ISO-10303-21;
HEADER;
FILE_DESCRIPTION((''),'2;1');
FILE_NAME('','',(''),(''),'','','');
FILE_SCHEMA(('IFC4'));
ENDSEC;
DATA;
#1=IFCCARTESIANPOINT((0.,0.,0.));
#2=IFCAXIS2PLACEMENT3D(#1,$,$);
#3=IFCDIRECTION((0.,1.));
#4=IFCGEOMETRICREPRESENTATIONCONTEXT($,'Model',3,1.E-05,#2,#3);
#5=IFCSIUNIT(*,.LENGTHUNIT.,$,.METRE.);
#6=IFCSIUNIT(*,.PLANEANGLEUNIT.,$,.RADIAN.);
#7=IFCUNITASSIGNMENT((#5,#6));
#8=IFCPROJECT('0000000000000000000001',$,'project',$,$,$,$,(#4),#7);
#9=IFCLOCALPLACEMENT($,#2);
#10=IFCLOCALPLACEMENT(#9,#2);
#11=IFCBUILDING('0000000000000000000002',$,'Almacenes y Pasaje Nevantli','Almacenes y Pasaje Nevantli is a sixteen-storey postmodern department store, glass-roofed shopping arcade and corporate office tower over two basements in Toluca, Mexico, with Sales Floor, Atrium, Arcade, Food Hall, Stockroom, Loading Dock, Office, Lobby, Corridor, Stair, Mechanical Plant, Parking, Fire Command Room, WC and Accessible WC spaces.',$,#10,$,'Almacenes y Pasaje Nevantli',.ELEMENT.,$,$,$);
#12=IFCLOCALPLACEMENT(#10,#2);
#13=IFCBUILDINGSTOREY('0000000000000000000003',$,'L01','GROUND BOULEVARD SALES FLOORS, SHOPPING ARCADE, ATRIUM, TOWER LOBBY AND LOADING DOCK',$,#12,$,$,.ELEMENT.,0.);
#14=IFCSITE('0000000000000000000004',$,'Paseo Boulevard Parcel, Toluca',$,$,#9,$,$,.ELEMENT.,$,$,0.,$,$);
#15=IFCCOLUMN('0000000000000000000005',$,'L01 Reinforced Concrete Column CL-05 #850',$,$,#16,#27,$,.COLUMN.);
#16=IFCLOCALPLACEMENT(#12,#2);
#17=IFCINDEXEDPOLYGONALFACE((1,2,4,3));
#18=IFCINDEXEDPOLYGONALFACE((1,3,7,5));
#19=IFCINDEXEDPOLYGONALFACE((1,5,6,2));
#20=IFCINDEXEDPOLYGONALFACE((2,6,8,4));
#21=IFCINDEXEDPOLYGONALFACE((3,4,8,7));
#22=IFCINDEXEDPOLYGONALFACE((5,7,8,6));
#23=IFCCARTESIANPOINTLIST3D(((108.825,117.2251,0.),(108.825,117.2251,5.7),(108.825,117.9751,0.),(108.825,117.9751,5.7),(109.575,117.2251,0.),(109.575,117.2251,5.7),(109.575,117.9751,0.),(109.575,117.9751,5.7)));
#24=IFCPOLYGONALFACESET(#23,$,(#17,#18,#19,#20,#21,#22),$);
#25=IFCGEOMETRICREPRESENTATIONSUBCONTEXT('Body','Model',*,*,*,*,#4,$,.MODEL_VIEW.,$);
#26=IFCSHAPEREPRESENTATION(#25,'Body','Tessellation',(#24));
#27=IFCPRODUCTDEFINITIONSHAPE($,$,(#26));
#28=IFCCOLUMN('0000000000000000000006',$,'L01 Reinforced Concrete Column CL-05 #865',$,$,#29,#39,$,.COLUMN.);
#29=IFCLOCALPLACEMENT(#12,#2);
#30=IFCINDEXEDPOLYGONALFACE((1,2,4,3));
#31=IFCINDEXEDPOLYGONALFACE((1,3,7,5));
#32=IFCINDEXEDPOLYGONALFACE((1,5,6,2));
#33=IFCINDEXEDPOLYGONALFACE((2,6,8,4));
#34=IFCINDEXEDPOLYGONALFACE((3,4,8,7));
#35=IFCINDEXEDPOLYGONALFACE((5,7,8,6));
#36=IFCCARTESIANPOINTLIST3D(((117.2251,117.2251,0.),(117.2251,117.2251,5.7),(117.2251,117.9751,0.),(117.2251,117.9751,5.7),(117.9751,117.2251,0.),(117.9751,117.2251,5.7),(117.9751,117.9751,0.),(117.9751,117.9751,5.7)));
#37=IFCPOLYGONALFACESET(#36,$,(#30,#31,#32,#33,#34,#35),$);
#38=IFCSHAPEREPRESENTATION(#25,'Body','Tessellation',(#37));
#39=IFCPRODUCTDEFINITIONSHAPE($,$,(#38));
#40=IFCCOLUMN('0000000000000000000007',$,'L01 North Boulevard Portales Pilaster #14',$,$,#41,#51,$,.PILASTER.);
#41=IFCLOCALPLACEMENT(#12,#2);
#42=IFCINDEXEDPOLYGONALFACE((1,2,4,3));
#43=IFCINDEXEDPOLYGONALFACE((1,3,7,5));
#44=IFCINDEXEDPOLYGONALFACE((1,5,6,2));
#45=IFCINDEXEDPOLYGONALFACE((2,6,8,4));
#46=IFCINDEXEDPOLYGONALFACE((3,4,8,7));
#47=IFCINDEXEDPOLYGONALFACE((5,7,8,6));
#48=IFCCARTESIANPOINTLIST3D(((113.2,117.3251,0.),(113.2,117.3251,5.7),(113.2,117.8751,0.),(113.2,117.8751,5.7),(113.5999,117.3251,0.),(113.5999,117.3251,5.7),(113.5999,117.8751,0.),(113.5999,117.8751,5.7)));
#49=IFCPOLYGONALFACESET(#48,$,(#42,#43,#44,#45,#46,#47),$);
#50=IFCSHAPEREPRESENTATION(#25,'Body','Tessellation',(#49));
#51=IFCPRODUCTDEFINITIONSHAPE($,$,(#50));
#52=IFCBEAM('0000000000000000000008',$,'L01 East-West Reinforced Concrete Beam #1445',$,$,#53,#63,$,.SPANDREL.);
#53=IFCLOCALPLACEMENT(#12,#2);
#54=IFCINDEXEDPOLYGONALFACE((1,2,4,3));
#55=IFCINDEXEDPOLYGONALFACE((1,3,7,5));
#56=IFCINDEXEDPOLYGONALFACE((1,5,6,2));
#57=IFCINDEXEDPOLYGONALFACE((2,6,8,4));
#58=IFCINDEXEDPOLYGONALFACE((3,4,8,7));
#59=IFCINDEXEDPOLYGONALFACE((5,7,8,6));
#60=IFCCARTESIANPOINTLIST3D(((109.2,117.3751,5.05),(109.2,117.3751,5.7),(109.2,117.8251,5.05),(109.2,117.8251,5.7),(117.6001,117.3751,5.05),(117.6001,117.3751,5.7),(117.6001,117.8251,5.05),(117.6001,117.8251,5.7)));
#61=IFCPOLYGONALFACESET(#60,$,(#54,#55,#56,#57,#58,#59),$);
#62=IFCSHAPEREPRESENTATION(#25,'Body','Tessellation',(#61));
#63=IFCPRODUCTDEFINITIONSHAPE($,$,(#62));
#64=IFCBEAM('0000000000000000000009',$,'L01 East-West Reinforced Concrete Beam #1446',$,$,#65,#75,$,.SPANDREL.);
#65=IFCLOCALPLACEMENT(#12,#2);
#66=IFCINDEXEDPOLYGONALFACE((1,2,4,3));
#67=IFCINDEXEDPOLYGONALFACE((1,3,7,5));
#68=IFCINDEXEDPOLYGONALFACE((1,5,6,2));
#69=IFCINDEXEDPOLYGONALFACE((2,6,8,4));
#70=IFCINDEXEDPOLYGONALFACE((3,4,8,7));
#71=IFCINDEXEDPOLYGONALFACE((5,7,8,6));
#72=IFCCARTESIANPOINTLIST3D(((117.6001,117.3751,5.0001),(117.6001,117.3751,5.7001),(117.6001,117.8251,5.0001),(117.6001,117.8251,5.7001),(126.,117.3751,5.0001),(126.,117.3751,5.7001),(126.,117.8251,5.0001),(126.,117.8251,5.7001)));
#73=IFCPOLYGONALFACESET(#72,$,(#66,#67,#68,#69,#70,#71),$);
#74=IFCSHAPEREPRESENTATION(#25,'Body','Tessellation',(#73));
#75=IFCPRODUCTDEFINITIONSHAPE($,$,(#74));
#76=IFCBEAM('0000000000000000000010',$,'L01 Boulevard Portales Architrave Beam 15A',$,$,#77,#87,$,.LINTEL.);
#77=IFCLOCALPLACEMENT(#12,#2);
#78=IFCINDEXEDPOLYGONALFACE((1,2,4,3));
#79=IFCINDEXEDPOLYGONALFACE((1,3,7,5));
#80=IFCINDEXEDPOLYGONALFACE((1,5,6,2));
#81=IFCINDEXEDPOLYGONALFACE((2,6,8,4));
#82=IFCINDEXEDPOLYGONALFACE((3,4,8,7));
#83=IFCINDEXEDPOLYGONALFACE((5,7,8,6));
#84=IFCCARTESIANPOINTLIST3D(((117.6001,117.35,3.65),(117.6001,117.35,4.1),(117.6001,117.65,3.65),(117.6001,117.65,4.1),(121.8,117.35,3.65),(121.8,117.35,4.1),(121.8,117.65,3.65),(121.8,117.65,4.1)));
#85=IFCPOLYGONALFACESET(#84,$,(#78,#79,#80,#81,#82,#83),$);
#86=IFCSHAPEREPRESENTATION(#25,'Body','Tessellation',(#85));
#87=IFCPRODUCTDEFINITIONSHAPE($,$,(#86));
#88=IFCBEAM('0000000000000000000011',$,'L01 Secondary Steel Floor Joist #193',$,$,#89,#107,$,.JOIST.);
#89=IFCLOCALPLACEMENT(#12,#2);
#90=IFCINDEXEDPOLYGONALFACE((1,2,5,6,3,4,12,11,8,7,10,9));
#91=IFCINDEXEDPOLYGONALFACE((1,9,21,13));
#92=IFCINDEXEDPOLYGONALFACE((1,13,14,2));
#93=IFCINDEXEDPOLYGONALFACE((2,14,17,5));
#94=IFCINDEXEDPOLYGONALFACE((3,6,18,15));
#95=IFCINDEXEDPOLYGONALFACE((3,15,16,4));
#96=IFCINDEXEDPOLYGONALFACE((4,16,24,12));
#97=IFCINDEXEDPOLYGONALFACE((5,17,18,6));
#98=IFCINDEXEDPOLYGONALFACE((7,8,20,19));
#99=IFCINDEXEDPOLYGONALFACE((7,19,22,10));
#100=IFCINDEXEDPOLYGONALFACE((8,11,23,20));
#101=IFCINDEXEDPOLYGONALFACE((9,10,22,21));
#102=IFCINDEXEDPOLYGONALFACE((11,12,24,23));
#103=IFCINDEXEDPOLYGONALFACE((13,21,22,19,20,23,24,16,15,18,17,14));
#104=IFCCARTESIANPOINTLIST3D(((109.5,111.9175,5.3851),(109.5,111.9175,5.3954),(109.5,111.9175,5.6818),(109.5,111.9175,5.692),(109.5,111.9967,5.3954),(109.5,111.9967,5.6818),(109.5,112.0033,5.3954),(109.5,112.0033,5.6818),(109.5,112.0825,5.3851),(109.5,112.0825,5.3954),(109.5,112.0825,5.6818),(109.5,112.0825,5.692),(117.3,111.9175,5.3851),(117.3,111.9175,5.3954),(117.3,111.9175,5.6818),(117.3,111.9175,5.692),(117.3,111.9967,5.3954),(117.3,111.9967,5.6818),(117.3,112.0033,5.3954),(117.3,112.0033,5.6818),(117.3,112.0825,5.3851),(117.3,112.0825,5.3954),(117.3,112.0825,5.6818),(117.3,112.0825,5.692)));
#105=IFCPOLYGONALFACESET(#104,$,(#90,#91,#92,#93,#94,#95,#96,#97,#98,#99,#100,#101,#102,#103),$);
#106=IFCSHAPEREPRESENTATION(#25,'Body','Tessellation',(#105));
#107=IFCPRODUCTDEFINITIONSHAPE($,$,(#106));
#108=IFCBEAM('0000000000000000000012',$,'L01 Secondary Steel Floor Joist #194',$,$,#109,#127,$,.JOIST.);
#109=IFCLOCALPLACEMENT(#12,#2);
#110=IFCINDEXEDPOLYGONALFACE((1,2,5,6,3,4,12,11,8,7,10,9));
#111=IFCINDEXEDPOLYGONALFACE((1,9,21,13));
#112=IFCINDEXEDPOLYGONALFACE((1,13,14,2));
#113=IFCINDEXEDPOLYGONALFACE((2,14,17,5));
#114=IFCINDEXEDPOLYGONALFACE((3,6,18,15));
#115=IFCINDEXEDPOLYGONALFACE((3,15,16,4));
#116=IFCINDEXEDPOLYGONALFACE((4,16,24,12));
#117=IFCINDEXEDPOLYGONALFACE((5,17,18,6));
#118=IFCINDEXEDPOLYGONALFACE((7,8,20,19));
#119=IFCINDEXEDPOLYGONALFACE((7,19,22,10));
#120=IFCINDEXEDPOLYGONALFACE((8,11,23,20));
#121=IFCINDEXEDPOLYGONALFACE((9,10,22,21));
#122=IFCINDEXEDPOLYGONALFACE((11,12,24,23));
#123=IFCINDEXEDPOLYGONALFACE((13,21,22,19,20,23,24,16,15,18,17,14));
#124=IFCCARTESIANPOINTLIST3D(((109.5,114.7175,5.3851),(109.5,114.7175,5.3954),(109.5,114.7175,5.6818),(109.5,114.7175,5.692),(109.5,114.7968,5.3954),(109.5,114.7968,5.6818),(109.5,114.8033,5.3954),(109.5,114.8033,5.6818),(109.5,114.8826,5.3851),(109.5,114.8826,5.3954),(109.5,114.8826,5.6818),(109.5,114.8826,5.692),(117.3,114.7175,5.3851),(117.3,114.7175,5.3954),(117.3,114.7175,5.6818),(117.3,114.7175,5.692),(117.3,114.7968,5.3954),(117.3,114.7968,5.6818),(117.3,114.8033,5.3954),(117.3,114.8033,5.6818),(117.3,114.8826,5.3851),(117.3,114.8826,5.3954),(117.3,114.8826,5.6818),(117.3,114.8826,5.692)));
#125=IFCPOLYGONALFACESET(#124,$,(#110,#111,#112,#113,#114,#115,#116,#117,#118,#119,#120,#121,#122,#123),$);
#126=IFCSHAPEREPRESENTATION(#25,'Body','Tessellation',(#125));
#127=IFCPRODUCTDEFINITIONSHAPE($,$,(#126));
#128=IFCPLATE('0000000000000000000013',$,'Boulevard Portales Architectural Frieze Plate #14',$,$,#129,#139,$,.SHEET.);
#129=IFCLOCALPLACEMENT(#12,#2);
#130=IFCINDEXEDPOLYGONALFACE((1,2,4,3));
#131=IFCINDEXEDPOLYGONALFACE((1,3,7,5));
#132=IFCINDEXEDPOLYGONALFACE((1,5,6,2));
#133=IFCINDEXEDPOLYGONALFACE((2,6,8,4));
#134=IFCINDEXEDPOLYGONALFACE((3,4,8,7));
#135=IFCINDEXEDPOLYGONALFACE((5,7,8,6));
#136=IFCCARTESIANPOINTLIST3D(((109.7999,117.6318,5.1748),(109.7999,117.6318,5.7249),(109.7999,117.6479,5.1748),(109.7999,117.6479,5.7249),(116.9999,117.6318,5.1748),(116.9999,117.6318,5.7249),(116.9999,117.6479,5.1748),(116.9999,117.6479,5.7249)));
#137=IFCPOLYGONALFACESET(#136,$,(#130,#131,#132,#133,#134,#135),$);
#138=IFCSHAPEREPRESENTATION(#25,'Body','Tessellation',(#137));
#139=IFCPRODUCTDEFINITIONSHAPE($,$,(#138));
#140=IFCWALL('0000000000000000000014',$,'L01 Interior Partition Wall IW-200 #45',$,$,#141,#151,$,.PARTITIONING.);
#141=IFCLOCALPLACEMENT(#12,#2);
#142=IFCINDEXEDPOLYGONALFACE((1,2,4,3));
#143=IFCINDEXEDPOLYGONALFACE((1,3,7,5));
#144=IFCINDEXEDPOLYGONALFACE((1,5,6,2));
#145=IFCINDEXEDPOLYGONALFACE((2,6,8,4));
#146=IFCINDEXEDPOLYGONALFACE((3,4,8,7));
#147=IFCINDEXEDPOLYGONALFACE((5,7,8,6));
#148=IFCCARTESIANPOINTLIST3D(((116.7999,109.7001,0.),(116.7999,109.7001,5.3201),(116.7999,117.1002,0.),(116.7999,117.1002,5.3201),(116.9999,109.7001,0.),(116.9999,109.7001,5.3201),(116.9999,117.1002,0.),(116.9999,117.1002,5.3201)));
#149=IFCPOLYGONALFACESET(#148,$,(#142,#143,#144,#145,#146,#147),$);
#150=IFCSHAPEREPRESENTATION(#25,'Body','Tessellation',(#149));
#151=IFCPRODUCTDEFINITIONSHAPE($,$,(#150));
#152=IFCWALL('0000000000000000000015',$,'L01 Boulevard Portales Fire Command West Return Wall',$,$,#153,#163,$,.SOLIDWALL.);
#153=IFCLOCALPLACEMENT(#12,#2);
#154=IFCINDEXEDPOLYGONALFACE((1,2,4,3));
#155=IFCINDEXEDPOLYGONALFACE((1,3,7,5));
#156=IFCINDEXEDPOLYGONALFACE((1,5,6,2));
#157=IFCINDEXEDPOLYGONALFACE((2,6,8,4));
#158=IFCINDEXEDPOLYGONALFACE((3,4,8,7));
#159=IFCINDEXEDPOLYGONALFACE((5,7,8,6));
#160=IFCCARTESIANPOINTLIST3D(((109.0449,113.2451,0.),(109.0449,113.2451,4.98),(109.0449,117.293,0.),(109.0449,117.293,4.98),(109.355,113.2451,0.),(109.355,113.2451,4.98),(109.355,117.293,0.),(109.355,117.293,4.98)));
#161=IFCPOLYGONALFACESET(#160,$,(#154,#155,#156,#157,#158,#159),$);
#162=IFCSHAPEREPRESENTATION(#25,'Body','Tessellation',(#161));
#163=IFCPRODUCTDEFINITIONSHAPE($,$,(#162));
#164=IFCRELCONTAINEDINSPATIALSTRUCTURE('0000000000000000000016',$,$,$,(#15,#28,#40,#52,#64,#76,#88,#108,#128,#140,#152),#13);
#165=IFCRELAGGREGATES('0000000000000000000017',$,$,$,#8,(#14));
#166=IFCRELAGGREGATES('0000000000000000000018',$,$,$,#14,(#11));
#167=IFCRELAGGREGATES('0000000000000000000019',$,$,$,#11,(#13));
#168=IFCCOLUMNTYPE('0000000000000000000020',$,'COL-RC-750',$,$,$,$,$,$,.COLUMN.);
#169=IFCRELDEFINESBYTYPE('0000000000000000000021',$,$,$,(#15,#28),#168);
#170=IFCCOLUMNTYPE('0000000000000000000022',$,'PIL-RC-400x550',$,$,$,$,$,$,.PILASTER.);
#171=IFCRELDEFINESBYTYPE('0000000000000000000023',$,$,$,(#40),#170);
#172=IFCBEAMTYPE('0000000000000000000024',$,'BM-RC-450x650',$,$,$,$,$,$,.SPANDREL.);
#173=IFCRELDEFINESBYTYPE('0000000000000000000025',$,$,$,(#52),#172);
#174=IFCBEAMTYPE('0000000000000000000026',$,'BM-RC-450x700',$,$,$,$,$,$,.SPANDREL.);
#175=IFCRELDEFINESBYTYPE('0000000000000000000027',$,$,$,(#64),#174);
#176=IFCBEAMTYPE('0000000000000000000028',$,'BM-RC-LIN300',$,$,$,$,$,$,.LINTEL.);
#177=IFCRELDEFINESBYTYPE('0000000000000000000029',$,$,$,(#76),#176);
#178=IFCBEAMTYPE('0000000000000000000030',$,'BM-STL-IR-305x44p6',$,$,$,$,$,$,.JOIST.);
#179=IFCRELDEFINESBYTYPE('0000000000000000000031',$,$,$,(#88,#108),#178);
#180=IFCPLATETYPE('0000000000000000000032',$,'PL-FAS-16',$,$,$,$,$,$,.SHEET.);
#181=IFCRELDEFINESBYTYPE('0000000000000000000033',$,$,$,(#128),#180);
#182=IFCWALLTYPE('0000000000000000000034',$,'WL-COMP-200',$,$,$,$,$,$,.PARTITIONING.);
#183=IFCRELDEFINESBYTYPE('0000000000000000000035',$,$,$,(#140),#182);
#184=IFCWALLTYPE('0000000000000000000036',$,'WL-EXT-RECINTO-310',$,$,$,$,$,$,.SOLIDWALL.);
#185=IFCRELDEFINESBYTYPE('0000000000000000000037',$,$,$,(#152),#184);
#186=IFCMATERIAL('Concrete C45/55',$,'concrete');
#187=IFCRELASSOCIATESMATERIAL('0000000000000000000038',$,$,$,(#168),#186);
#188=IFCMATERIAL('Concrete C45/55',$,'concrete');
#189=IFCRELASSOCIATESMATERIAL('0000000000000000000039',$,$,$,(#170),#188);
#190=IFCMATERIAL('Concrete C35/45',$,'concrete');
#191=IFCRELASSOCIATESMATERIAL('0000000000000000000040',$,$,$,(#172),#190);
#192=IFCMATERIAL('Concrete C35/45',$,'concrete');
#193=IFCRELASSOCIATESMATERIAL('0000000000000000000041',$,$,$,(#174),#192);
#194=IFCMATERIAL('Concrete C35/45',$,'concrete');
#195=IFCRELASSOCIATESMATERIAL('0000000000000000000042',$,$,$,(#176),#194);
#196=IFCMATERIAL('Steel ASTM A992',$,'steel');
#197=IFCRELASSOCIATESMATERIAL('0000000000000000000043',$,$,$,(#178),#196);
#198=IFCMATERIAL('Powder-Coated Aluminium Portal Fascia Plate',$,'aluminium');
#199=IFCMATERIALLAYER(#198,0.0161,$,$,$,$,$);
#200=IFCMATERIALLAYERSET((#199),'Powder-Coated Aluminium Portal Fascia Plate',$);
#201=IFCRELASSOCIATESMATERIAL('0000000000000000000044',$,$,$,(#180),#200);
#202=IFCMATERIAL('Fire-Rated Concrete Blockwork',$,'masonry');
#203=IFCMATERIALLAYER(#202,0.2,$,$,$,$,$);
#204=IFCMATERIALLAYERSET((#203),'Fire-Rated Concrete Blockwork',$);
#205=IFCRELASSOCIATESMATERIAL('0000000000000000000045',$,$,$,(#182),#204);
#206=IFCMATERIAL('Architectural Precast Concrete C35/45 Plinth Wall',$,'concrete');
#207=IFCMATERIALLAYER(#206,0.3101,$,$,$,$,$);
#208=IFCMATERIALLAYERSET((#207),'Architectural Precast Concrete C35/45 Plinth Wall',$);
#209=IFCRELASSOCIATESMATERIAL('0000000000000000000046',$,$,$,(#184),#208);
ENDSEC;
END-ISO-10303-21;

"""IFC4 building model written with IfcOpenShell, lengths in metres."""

from ifc_helpers import new_model, si_unit, direction, frame, frame_2d, origin, origin_2d, place, context, subcontext, project, spatial, rectangle, i_section, extrude, material, layer, layer_set, material_profile, profile_set, type_object, element, save


model = new_model("IFC4")

# Units and contexts
model_context = context("Model", 3, precision=1e-05, world=origin(), true_north=direction((0.0, 1.0)))
body_context = subcontext(model_context, "Body", "Model", "MODEL_VIEW")
ifc_project = project(units=[si_unit("LENGTHUNIT", "METRE"), si_unit("PLANEANGLEUNIT", "RADIAN")], contexts=[model_context])

# Site, building, storey
site_placement = place(None, origin())
site = spatial("IfcSite", under=ifc_project, at=site_placement, Name="Paseo Boulevard Parcel, Toluca", CompositionType="ELEMENT", RefElevation=0.0)
building_placement = place(site_placement, origin())
building = spatial("IfcBuilding", under=site, at=building_placement, Name="Almacenes y Pasaje Nevantli", Description="Almacenes y Pasaje Nevantli is a sixteen-storey postmodern department store, glass-roofed shopping arcade and corporate office tower over two basements in Toluca, Mexico, with Sales Floor, Atrium, Arcade, Food Hall, Stockroom, Loading Dock, Office, Lobby, Corridor, Stair, Mechanical Plant, Parking, Fire Command Room, WC and Accessible WC spaces.", LongName="Almacenes y Pasaje Nevantli", CompositionType="ELEMENT")
storey_placement = place(building_placement, origin())
storey = spatial("IfcBuildingStorey", under=building, at=storey_placement, Name="L01", Description="GROUND BOULEVARD SALES FLOORS, SHOPPING ARCADE, ATRIUM, TOWER LOBBY AND LOADING DOCK", CompositionType="ELEMENT", Elevation=0.0)

# Columns
ifc_material_1 = material(Name="Concrete C45/55", Category="concrete")
ifc_material_profile_1 = material_profile(ifc_material_1, rectangle(XDim=0.75, YDim=0.75, at=origin_2d()), Name="RC-COL-750x750")
ifc_profile_set_1 = profile_set([ifc_material_profile_1], Name="Concrete C45/55")
column_type_1 = type_object("IfcColumnType", Name="COL-RC-750", PredefinedType="COLUMN", material=ifc_profile_set_1)
for number, where, z_axis, x_axis, name in (
    (1, (109.2, 117.6001, 0.0), (0.0, 0.0, 1.0), (1.0, 0.0, 0.0), "L01 Reinforced Concrete Column CL-05 #850"),
    (2, (117.6001, 117.6001, 0.0), (0.0, 0.0, 1.0), (1.0, 0.0, 0.0), "L01 Reinforced Concrete Column CL-05 #865"),
):
    element("IfcColumn", number, at=place(storey_placement, frame(where, z_axis=z_axis, x_axis=x_axis)), inside=storey, type_object=column_type_1, Name=name, PredefinedType="COLUMN", context=body_context, shape_type="SweptSolid", body=[
        extrude(rectangle(XDim=0.75, YDim=0.75, at=origin_2d()), origin(), (0.0, 0.0, 1.0), 5.7),
    ])
ifc_material_2 = material(Name="Concrete C45/55", Category="concrete")
ifc_material_profile_2 = material_profile(ifc_material_2, rectangle(XDim=0.3999, YDim=0.55, at=origin_2d()), Name="RC-PIL-400x550")
ifc_profile_set_2 = profile_set([ifc_material_profile_2], Name="Concrete C45/55")
column_type_2 = type_object("IfcColumnType", Name="PIL-RC-400x550", PredefinedType="PILASTER", material=ifc_profile_set_2)
column_placement = place(storey_placement, frame((113.3999, 117.6001, 0.0), z_axis=(0.0, 0.0, 1.0), x_axis=(1.0, 0.0, 0.0)))
element("IfcColumn", 3, at=column_placement, inside=storey, type_object=column_type_2, Name="L01 North Boulevard Portales Pilaster #14", PredefinedType="PILASTER", context=body_context, shape_type="SweptSolid", body=[
    extrude(rectangle(XDim=0.3999, YDim=0.55, at=origin_2d()), origin(), (0.0, 0.0, 1.0), 5.7),
])

# Beams
ifc_material_3 = material(Name="Concrete C35/45", Category="concrete")
ifc_material_profile_3 = material_profile(ifc_material_3, rectangle(XDim=0.45, YDim=0.6499, at=origin_2d()), Name="RC-BM-450x650")
ifc_profile_set_3 = profile_set([ifc_material_profile_3], Name="Concrete C35/45")
beam_type_1 = type_object("IfcBeamType", Name="BM-RC-450x650", PredefinedType="SPANDREL", material=ifc_profile_set_3)
beam_1_placement = place(storey_placement, frame((109.2, 117.6001, 5.375), z_axis=(1.0, 0.0, 0.0), x_axis=(0.0, 1.0, 0.0)))
element("IfcBeam", 4, at=beam_1_placement, inside=storey, type_object=beam_type_1, Name="L01 East-West Reinforced Concrete Beam #1445", PredefinedType="SPANDREL", context=body_context, shape_type="SweptSolid", body=[
    extrude(rectangle(XDim=0.45, YDim=0.6499, at=origin_2d()), origin(), (0.0, 0.0, 1.0), 8.4001),
])
ifc_material_4 = material(Name="Concrete C35/45", Category="concrete")
ifc_material_profile_4 = material_profile(ifc_material_4, rectangle(XDim=0.45, YDim=0.7, at=origin_2d()), Name="RC-BM-450x700")
ifc_profile_set_4 = profile_set([ifc_material_profile_4], Name="Concrete C35/45")
beam_type_2 = type_object("IfcBeamType", Name="BM-RC-450x700", PredefinedType="SPANDREL", material=ifc_profile_set_4)
beam_2_placement = place(storey_placement, frame((117.6001, 117.6001, 5.3501), z_axis=(1.0, 0.0, 0.0), x_axis=(0.0, 1.0, 0.0)))
element("IfcBeam", 5, at=beam_2_placement, inside=storey, type_object=beam_type_2, Name="L01 East-West Reinforced Concrete Beam #1446", PredefinedType="SPANDREL", context=body_context, shape_type="SweptSolid", body=[
    extrude(rectangle(XDim=0.45, YDim=0.7, at=origin_2d()), origin(), (0.0, 0.0, 1.0), 8.3999),
])
ifc_material_5 = material(Name="Concrete C35/45", Category="concrete")
ifc_material_profile_5 = material_profile(ifc_material_5, rectangle(XDim=0.3, YDim=0.45, at=origin_2d()), Name="RC-LIN-300x450")
ifc_profile_set_5 = profile_set([ifc_material_profile_5], Name="Concrete C35/45")
beam_type_3 = type_object("IfcBeamType", Name="BM-RC-LIN300", PredefinedType="LINTEL", material=ifc_profile_set_5)
beam_3_placement = place(storey_placement, frame((117.6001, 117.5, 3.875), z_axis=(1.0, 0.0, 0.0), x_axis=(0.0, 1.0, 0.0)))
element("IfcBeam", 6, at=beam_3_placement, inside=storey, type_object=beam_type_3, Name="L01 Boulevard Portales Architrave Beam 15A", PredefinedType="LINTEL", context=body_context, shape_type="SweptSolid", body=[
    extrude(rectangle(XDim=0.3, YDim=0.45, at=origin_2d()), origin(), (0.0, 0.0, 1.0), 4.2),
])
ifc_material_6 = material(Name="Steel ASTM A992", Category="steel")
ifc_material_profile_6 = material_profile(ifc_material_6, i_section(OverallWidth=0.165, OverallDepth=0.3069, WebThickness=0.0066, FlangeThickness=0.0103, at=origin_2d()), Name="IR 305x44.6")
ifc_profile_set_6 = profile_set([ifc_material_profile_6], Name="Steel ASTM A992")
beam_type_4 = type_object("IfcBeamType", Name="BM-STL-IR-305x44p6", PredefinedType="JOIST", material=ifc_profile_set_6)
for number, where, z_axis, x_axis, name in (
    (7, (109.5, 112.0, 5.5386), (1.0, 0.0, 0.0), (0.0, 1.0, 0.0), "L01 Secondary Steel Floor Joist #193"),
    (8, (109.5, 114.8, 5.5386), (1.0, 0.0, 0.0), (0.0, 1.0, 0.0), "L01 Secondary Steel Floor Joist #194"),
):
    element("IfcBeam", number, at=place(storey_placement, frame(where, z_axis=z_axis, x_axis=x_axis)), inside=storey, type_object=beam_type_4, Name=name, PredefinedType="JOIST", context=body_context, shape_type="SweptSolid", body=[
        extrude(i_section(OverallWidth=0.165, OverallDepth=0.3069, WebThickness=0.0066, FlangeThickness=0.0103, at=origin_2d()), origin(), (0.0, 0.0, 1.0), 7.8),
    ])

# Plate
ifc_material_7 = material(Name="Powder-Coated Aluminium Portal Fascia Plate", Category="aluminium")
ifc_layer_1 = layer(ifc_material_7, 0.0161)
ifc_layer_set_1 = layer_set([ifc_layer_1], Name="Powder-Coated Aluminium Portal Fascia Plate")
plate_type = type_object("IfcPlateType", Name="PL-FAS-16", PredefinedType="SHEET", material=ifc_layer_set_1)
plate_placement = place(storey_placement, frame((113.3999, 117.6399, 5.1748), z_axis=(0.0, 0.0, 1.0), x_axis=(1.0, 0.0, 0.0)))
element("IfcPlate", 9, at=plate_placement, inside=storey, type_object=plate_type, Name="Boulevard Portales Architectural Frieze Plate #14", PredefinedType="SHEET", context=body_context, shape_type="SweptSolid", body=[
    extrude(rectangle(XDim=7.2, YDim=0.0161, at=origin_2d()), origin(), (0.0, 0.0, 1.0), 0.55),
])

# Walls
ifc_material_8 = material(Name="Fire-Rated Concrete Blockwork", Category="masonry")
ifc_layer_2 = layer(ifc_material_8, 0.2)
ifc_layer_set_2 = layer_set([ifc_layer_2], Name="Fire-Rated Concrete Blockwork")
wall_type_1 = type_object("IfcWallType", Name="WL-COMP-200", PredefinedType="PARTITIONING", material=ifc_layer_set_2)
wall_1_placement = place(storey_placement, frame((116.8999, 109.7, 0.0), z_axis=(0.0, 0.0, 1.0), x_axis=(0.0, 1.0, 0.0)))
element("IfcWall", 10, at=wall_1_placement, inside=storey, type_object=wall_type_1, Name="L01 Interior Partition Wall IW-200 #45", PredefinedType="PARTITIONING", context=body_context, shape_type="SweptSolid", body=[
    extrude(rectangle(XDim=7.4001, YDim=0.2, at=frame_2d((3.7002, 0.0))), origin(), (0.0, 0.0, 1.0), 5.3201),
])
ifc_material_9 = material(Name="Architectural Precast Concrete C35/45 Plinth Wall", Category="concrete")
ifc_layer_3 = layer(ifc_material_9, 0.3101)
ifc_layer_set_3 = layer_set([ifc_layer_3], Name="Architectural Precast Concrete C35/45 Plinth Wall")
wall_type_2 = type_object("IfcWallType", Name="WL-EXT-RECINTO-310", PredefinedType="SOLIDWALL", material=ifc_layer_set_3)
wall_2_placement = place(storey_placement, frame((109.2, 113.2451, 0.0), z_axis=(0.0, 0.0, 1.0), x_axis=(0.0, 1.0, 0.0)))
element("IfcWall", 11, at=wall_2_placement, inside=storey, type_object=wall_type_2, Name="L01 Boulevard Portales Fire Command West Return Wall", PredefinedType="SOLIDWALL", context=body_context, shape_type="SweptSolid", body=[
    extrude(rectangle(XDim=4.0479, YDim=0.3101, at=frame_2d((2.0239, 0.0))), origin(), (0.0, 0.0, 1.0), 4.98),
])

save(model, "model.ifc")
